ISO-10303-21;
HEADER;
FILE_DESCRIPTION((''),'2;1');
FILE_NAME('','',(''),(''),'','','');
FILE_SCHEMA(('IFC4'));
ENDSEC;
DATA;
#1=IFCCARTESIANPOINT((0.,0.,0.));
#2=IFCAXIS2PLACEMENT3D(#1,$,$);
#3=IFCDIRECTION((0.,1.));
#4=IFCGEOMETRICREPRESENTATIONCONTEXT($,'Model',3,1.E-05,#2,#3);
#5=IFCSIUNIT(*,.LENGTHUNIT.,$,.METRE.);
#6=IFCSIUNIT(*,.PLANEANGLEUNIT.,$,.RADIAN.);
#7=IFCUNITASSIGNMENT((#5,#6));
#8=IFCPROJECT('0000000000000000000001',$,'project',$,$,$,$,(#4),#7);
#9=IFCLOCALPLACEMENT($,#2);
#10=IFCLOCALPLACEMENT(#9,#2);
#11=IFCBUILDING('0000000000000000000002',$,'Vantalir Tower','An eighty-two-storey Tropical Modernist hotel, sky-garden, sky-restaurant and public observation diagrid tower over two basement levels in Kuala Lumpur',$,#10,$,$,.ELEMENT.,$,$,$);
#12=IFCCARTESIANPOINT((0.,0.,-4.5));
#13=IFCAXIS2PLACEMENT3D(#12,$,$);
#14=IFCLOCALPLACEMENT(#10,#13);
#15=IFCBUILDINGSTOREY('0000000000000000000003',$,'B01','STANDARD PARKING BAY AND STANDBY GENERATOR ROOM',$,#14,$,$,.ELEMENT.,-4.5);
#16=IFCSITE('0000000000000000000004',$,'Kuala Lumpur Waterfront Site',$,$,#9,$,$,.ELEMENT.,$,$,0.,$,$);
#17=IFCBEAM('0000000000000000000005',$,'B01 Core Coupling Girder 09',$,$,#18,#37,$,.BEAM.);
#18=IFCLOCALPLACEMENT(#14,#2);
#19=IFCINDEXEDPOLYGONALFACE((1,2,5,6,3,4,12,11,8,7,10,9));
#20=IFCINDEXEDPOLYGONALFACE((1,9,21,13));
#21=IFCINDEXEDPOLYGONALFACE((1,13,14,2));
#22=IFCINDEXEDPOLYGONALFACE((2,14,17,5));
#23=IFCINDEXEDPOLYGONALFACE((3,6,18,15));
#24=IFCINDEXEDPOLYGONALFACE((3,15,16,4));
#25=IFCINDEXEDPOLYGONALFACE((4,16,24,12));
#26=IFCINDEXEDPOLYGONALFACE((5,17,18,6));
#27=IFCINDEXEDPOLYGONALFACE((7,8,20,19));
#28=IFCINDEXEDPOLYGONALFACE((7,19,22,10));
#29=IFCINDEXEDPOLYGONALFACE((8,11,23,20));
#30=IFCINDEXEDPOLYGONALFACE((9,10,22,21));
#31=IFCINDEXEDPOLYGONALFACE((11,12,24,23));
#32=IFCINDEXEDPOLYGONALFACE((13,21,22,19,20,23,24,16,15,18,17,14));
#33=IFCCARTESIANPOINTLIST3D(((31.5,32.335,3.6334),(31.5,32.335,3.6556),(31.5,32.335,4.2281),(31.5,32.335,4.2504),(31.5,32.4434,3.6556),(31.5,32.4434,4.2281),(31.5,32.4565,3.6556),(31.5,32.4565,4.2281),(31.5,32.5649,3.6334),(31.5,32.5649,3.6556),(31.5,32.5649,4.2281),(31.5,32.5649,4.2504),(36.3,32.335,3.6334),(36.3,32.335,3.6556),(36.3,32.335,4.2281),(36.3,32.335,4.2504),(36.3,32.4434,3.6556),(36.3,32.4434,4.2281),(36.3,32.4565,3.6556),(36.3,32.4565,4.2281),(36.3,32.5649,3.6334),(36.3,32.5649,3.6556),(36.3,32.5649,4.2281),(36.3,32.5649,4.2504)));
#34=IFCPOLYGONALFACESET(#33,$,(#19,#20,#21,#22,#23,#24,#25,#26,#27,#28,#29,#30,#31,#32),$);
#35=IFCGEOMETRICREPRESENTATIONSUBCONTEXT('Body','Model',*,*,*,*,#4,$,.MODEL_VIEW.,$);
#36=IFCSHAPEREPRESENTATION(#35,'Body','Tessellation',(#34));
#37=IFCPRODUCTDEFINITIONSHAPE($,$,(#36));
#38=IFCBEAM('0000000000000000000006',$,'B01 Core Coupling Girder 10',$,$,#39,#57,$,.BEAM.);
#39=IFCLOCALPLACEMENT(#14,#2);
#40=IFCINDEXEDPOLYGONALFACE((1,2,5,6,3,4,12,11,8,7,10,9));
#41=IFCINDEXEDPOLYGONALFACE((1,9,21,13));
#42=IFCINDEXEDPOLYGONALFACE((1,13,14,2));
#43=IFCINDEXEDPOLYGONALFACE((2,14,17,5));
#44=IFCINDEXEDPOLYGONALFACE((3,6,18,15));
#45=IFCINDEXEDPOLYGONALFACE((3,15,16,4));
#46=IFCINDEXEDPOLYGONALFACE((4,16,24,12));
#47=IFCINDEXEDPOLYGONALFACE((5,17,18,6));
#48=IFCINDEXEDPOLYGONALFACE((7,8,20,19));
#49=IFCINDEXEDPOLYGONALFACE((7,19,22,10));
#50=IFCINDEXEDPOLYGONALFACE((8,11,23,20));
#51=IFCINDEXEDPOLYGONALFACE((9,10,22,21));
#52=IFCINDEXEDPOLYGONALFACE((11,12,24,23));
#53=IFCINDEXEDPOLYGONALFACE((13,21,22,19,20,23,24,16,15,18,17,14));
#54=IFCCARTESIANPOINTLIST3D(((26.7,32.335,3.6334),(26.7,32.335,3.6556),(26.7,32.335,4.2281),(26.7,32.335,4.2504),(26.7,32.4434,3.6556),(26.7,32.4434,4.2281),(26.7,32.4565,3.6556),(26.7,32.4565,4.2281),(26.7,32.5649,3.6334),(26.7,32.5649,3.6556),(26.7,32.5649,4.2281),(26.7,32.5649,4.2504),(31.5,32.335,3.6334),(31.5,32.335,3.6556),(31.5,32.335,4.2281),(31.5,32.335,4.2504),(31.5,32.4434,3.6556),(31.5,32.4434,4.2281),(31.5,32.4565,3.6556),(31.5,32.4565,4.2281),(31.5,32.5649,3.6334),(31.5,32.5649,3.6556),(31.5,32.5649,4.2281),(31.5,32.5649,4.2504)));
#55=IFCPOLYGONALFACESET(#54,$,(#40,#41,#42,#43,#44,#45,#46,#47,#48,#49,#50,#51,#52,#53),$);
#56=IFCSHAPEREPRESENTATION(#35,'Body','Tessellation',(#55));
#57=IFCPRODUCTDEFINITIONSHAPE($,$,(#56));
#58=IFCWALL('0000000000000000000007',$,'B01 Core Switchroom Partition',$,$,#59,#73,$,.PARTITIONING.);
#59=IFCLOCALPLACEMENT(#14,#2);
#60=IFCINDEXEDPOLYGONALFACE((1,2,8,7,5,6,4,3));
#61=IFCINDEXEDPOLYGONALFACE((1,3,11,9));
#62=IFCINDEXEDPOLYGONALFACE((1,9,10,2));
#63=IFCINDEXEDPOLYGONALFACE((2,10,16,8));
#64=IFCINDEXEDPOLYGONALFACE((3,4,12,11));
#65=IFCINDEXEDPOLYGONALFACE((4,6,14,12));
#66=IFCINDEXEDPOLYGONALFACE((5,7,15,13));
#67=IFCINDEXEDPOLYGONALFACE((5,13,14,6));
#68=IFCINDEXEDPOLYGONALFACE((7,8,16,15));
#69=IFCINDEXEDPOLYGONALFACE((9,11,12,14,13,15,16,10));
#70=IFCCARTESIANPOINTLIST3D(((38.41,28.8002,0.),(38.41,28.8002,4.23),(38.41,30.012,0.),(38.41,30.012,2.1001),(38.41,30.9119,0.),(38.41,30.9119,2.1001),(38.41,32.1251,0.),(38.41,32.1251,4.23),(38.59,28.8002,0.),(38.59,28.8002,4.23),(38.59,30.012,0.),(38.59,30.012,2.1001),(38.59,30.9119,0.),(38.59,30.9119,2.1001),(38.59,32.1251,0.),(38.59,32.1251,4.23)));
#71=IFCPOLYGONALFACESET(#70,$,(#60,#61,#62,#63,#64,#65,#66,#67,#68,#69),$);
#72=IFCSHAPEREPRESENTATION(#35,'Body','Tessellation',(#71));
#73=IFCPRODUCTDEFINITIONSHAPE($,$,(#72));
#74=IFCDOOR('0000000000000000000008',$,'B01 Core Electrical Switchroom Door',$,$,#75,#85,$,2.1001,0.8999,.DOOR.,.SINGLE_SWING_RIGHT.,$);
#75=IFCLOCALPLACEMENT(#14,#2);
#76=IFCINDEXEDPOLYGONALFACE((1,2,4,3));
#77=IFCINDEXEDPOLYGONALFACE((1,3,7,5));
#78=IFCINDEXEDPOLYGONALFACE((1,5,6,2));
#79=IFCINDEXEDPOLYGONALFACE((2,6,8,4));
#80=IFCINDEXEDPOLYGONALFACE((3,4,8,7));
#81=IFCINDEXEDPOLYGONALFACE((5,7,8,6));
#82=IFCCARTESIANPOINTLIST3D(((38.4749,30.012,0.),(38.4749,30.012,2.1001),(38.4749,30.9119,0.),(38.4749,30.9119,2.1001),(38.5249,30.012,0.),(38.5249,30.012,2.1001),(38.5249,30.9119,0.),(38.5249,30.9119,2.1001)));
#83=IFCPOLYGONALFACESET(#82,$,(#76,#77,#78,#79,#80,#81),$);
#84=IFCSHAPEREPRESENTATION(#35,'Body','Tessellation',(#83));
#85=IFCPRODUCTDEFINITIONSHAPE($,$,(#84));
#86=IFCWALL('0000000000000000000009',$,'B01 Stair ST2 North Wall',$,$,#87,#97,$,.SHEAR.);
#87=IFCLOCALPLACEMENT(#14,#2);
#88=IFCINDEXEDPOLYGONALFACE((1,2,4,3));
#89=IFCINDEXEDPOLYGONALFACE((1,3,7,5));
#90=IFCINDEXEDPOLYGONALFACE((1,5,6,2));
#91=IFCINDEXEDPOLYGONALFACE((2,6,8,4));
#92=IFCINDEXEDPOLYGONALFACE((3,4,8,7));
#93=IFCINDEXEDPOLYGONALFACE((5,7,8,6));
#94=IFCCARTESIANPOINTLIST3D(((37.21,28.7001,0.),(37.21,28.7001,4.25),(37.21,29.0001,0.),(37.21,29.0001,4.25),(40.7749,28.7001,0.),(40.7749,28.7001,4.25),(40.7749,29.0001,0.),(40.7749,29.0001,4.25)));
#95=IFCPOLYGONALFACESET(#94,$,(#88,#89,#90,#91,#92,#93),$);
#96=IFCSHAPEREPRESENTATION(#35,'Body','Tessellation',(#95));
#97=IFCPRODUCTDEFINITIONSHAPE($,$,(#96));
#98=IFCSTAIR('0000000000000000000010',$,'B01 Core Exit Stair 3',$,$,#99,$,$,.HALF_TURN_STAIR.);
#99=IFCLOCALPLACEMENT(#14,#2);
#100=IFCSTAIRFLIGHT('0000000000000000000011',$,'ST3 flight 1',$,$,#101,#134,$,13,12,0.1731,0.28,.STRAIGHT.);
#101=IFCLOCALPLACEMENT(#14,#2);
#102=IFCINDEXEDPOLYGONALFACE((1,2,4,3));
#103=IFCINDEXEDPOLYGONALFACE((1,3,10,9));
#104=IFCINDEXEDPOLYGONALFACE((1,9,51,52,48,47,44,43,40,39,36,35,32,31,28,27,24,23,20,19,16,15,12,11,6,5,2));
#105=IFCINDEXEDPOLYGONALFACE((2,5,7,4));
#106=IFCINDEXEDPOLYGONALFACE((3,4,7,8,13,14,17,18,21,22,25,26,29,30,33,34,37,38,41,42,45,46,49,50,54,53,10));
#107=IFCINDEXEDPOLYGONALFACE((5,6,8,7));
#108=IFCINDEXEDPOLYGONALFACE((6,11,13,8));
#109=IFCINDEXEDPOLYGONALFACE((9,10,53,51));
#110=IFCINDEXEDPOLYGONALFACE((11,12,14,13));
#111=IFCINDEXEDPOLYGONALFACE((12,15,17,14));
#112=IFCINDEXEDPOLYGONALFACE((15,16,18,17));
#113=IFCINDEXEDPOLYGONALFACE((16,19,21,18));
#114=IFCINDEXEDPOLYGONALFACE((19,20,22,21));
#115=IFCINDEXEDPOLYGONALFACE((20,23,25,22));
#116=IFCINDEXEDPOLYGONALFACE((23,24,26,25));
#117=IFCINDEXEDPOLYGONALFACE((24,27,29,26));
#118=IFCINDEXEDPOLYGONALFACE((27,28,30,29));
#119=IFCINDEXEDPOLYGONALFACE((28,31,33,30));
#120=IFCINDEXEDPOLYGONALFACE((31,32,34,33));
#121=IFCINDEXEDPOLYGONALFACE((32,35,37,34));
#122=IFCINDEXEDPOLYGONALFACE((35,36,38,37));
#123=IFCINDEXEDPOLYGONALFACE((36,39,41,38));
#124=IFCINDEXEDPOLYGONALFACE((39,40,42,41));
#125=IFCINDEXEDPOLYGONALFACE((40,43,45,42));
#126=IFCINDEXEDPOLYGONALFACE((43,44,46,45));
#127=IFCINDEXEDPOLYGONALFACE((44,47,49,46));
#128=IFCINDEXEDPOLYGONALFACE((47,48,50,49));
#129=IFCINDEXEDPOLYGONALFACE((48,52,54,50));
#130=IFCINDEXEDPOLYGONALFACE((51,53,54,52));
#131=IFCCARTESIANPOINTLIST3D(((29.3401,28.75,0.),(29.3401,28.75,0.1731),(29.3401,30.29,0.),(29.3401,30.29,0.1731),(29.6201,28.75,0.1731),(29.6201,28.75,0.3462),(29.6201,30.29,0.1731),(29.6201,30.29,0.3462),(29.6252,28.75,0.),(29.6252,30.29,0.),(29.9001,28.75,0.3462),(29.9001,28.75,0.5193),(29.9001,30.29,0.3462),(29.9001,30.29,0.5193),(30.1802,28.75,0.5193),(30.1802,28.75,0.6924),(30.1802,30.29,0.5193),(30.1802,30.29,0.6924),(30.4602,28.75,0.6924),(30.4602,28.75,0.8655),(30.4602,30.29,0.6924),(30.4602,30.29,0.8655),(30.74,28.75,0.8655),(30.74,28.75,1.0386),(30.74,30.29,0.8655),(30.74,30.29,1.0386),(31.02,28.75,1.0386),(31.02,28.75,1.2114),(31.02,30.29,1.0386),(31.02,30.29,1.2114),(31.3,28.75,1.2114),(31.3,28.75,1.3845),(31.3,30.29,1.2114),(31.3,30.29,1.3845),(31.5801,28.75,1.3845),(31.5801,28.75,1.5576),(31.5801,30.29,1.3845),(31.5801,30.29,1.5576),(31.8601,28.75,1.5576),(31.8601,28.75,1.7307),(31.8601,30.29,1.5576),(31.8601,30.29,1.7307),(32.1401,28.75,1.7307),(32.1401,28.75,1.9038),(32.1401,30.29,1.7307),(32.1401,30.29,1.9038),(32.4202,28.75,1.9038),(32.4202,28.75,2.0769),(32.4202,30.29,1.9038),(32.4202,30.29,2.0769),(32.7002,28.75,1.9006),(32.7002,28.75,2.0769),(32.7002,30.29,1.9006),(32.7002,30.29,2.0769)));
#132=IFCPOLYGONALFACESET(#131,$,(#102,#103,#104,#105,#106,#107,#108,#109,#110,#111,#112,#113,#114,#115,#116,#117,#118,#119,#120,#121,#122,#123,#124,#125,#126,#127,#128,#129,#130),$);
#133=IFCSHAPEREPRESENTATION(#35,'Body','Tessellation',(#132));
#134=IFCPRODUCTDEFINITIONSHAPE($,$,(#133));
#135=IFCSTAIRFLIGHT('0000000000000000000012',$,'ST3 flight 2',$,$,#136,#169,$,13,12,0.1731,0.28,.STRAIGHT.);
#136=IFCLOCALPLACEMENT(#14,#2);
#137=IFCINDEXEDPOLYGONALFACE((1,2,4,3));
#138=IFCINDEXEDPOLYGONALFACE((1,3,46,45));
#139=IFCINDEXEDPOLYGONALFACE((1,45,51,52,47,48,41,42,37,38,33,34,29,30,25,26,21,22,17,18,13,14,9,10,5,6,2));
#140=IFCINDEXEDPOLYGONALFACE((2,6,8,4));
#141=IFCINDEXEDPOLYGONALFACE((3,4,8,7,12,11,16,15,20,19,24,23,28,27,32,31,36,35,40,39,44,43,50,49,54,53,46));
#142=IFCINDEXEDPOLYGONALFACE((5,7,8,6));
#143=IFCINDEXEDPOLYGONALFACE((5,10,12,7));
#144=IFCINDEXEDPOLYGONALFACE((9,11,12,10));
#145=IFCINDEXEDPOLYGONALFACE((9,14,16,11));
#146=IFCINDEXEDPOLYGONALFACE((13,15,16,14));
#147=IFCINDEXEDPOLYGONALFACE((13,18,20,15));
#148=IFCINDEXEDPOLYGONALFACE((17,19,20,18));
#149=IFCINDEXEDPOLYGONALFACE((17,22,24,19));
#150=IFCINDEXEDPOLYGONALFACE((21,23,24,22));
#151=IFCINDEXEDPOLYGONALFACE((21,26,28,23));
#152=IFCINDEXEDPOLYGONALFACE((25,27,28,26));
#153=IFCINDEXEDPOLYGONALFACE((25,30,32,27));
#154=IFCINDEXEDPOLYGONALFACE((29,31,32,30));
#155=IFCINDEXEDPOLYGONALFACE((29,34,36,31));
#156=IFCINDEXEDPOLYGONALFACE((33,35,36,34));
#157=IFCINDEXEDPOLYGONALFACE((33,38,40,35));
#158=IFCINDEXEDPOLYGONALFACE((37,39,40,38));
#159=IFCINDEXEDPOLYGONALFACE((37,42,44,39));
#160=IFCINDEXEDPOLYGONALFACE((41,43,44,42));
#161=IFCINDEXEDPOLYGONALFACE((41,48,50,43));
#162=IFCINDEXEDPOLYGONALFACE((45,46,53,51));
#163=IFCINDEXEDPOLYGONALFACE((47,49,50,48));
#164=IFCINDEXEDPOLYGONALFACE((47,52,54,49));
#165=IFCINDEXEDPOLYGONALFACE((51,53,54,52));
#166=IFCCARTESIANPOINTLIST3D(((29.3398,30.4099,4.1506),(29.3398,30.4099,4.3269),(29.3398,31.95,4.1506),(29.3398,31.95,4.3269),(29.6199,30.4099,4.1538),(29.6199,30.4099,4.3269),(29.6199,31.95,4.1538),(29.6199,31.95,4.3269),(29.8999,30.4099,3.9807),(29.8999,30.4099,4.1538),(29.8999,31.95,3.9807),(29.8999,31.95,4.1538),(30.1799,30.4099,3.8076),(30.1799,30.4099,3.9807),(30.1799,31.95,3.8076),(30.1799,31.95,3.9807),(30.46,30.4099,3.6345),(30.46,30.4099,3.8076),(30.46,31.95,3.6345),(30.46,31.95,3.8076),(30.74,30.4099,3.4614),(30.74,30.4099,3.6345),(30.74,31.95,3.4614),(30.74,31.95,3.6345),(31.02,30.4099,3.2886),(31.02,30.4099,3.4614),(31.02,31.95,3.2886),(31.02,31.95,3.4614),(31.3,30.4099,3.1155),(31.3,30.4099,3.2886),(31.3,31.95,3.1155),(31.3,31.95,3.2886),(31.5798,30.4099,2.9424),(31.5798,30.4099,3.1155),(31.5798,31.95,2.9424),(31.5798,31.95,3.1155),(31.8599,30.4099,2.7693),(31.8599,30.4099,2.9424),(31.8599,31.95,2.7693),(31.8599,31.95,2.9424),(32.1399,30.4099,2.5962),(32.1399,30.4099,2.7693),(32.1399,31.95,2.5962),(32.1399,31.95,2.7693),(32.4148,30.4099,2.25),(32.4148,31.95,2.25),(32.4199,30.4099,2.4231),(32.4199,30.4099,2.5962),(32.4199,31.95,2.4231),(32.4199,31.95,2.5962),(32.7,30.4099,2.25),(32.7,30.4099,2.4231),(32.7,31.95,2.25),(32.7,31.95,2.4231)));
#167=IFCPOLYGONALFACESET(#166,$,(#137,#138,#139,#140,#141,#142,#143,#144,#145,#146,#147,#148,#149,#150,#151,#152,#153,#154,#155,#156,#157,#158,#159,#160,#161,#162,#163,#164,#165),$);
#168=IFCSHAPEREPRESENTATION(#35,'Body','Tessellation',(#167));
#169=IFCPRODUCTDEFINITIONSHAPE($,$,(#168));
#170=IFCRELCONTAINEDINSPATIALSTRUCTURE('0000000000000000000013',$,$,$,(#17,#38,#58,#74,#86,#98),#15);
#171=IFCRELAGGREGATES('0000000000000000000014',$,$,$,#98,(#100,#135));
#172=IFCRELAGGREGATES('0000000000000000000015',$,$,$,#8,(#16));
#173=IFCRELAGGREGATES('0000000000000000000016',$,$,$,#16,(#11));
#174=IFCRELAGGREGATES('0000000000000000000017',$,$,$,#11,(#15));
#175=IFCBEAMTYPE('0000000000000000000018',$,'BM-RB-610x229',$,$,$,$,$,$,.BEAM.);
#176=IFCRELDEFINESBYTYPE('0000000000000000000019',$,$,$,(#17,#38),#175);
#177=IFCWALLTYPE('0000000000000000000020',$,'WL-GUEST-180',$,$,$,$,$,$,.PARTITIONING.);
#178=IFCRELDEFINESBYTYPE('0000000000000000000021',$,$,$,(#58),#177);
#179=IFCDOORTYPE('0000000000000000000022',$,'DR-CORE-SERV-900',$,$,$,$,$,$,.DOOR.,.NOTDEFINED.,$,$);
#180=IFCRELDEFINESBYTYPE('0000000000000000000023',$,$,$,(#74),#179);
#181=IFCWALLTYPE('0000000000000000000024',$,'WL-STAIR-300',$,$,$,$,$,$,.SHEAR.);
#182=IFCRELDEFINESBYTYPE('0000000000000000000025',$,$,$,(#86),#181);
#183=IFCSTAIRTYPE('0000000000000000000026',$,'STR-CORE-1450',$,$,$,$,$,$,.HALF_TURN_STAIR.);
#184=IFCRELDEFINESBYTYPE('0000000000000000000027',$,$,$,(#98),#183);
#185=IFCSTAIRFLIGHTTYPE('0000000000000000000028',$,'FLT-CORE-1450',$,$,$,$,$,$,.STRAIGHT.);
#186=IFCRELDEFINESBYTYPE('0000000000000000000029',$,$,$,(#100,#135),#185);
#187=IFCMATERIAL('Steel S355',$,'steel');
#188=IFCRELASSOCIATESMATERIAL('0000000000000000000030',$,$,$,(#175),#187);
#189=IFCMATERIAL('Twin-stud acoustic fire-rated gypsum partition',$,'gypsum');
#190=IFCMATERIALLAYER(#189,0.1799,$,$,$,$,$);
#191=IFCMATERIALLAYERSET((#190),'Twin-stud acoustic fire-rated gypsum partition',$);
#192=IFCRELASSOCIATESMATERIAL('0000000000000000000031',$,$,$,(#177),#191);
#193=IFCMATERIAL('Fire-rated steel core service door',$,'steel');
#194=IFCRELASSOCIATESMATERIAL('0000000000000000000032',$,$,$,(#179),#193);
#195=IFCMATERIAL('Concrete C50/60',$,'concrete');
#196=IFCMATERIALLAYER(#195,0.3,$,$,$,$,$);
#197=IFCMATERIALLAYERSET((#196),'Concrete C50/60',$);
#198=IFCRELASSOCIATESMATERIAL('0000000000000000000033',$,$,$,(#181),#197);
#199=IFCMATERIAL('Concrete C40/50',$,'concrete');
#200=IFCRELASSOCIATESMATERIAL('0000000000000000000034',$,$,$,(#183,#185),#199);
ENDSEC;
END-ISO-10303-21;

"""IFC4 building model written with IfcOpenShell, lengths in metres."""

from ifc_helpers import new_model, si_unit, direction, frame, frame_2d, origin, origin_2d, place, context, subcontext, project, spatial, polyline, rectangle, i_section, outline, extrude, material, layer, layer_set, material_profile, profile_set, type_object, element, fill, aggregate, save


model = new_model("IFC4")

# Units and contexts
model_context = context("Model", 3, precision=1e-05, world=origin(), true_north=direction((0.0, 1.0)))
body_context = subcontext(model_context, "Body", "Model", "MODEL_VIEW")
ifc_project = project(units=[si_unit("LENGTHUNIT", "METRE"), si_unit("PLANEANGLEUNIT", "RADIAN")], contexts=[model_context])

# Site, building, storey
site_placement = place(None, origin())
site = spatial("IfcSite", under=ifc_project, at=site_placement, Name="Kuala Lumpur Waterfront Site", CompositionType="ELEMENT", RefElevation=0.0)
building_placement = place(site_placement, origin())
building = spatial("IfcBuilding", under=site, at=building_placement, Name="Vantalir Tower", Description="An eighty-two-storey Tropical Modernist hotel, sky-garden, sky-restaurant and public observation diagrid tower over two basement levels in Kuala Lumpur", CompositionType="ELEMENT")
storey_placement = place(building_placement, frame((0.0, 0.0, -4.5)))
storey = spatial("IfcBuildingStorey", under=building, at=storey_placement, Name="B01", Description="STANDARD PARKING BAY AND STANDBY GENERATOR ROOM", CompositionType="ELEMENT", Elevation=-4.5)

# Beams
ifc_material_1 = material(Name="Steel S355", Category="steel")
ifc_material_profile_1 = material_profile(ifc_material_1, i_section(OverallWidth=0.23, OverallDepth=0.6169, WebThickness=0.0132, FlangeThickness=0.0222, at=origin_2d()), Name="Steel S355")
ifc_profile_set_1 = profile_set([ifc_material_profile_1], Name="Steel S355")
beam_type_1 = type_object("IfcBeamType", Name="BM-RB-610x229", PredefinedType="BEAM", material=ifc_profile_set_1)
for number, where, z_axis, x_axis, name in (
    (1, (36.3, 32.45, 3.9419), (-1.0, 0.0, 0.0), (0.0, -1.0, 0.0), "B01 Core Coupling Girder 09"),
    (2, (31.5, 32.45, 3.9419), (-1.0, 0.0, 0.0), (0.0, -1.0, 0.0), "B01 Core Coupling Girder 10"),
):
    element("IfcBeam", number, at=place(storey_placement, frame(where, z_axis=z_axis, x_axis=x_axis)), inside=storey, type_object=beam_type_1, Name=name, PredefinedType="BEAM", context=body_context, shape_type="SweptSolid", body=[
        extrude(i_section(OverallWidth=0.23, OverallDepth=0.6169, WebThickness=0.0132, FlangeThickness=0.0222, at=origin_2d()), origin(), (0.0, 0.0, 1.0), 4.8),
    ])

# Wall, opening, door
ifc_material_2 = material(Name="Twin-stud acoustic fire-rated gypsum partition", Category="gypsum")
ifc_layer_1 = layer(ifc_material_2, 0.1799)
ifc_layer_set_1 = layer_set([ifc_layer_1], Name="Twin-stud acoustic fire-rated gypsum partition")
wall_type_1 = type_object("IfcWallType", Name="WL-GUEST-180", PredefinedType="PARTITIONING", material=ifc_layer_set_1)
wall_1_placement = place(storey_placement, frame((38.5, 28.8, 0.0), z_axis=(0.0, 0.0, 1.0), x_axis=(0.0, 1.0, 0.0)))
wall_1 = element("IfcWall", 3, at=wall_1_placement, inside=storey, type_object=wall_type_1, Name="B01 Core Switchroom Partition", PredefinedType="PARTITIONING", context=body_context, shape_type="SweptSolid", body=[
    extrude(rectangle(XDim=3.325, YDim=0.1799, at=frame_2d((1.6626, 0.0))), origin(), (0.0, 0.0, 1.0), 4.23),
])
opening_placement = place(wall_1_placement, frame((1.2119, 0.0, 0.0)))
opening = element("IfcOpeningElement", 4, at=opening_placement, cuts=wall_1, PredefinedType="OPENING", context=body_context, shape_type="SweptSolid", body=[
    extrude(rectangle(XDim=0.8999, YDim=2.1001, at=frame_2d((0.45, 1.05))), frame((0.0, 0.0999, 0.0), z_axis=(0.0, -1.0, 0.0), x_axis=(1.0, 0.0, 0.0)), (0.0, 0.0, 1.0), 0.2),
])
ifc_material_3 = material(Name="Fire-rated steel core service door", Category="steel")
door_type = type_object("IfcDoorType", Name="DR-CORE-SERV-900", OperationType="NOTDEFINED", PredefinedType="DOOR", material=ifc_material_3)
door_placement = place(opening_placement, frame((0.8999, 0.0, 0.0), z_axis=(0.0, 0.0, 1.0), x_axis=(-1.0, 0.0, 0.0)))
door = element("IfcDoor", 5, at=door_placement, inside=storey, type_object=door_type, Name="B01 Core Electrical Switchroom Door", OperationType="SINGLE_SWING_RIGHT", OverallHeight=2.1001, OverallWidth=0.8999, PredefinedType="DOOR", context=body_context, shape_type="SweptSolid", body=[
    extrude(rectangle(XDim=0.8999, YDim=2.1001, at=frame_2d((0.45, 1.05))), frame((0.0, 0.0249, 0.0), z_axis=(0.0, -1.0, 0.0), x_axis=(1.0, 0.0, 0.0)), (0.0, 0.0, 1.0), 0.05),
])
fill(opening, door)

# Wall
ifc_material_4 = material(Name="Concrete C50/60", Category="concrete")
ifc_layer_2 = layer(ifc_material_4, 0.3)
ifc_layer_set_2 = layer_set([ifc_layer_2], Name="Concrete C50/60")
wall_type_2 = type_object("IfcWallType", Name="WL-STAIR-300", PredefinedType="SHEAR", material=ifc_layer_set_2)
wall_2_placement = place(storey_placement, frame((37.21, 28.8501, 0.0), z_axis=(0.0, 0.0, 1.0), x_axis=(1.0, 0.0, 0.0)))
element("IfcWall", 6, at=wall_2_placement, inside=storey, type_object=wall_type_2, Name="B01 Stair ST2 North Wall", PredefinedType="SHEAR", context=body_context, shape_type="SweptSolid", body=[
    extrude(rectangle(XDim=3.5649, YDim=0.3, at=frame_2d((1.7825, 0.0))), origin(), (0.0, 0.0, 1.0), 4.25),
])

# Stair, stair flights
ifc_material_5 = material(Name="Concrete C40/50", Category="concrete")
stair_type = type_object("IfcStairType", Name="STR-CORE-1450", PredefinedType="HALF_TURN_STAIR", material=ifc_material_5)
stair_placement = place(storey_placement, origin())
stair = element("IfcStair", 7, at=stair_placement, inside=storey, type_object=stair_type, Name="B01 Core Exit Stair 3", PredefinedType="HALF_TURN_STAIR")
stair_flight_type = type_object("IfcStairFlightType", Name="FLT-CORE-1450", PredefinedType="STRAIGHT", material=ifc_material_5)
stair_flight_1_placement = place(storey_placement, frame((29.3401, 29.52, 0.0), z_axis=(0.0, 0.0, 1.0), x_axis=(1.0, 0.0, 0.0)))
stair_flight_1 = element("IfcStairFlight", 8, at=stair_flight_1_placement, type_object=stair_flight_type, Name="ST3 flight 1", NumberOfRisers=13, NumberOfTreads=12, PredefinedType="STRAIGHT", RiserHeight=0.1731, TreadLength=0.28, context=body_context, shape_type="SweptSolid", body=[
    extrude(outline(polyline([(0.0, 0.0), (0.0, 0.1731), (0.28, 0.1731), (0.28, 0.3462), (0.5601, 0.3462), (0.5601, 0.5193), (0.8401, 0.5193), (0.8401, 0.6924), (1.1201, 0.6924), (1.1201, 0.8655), (1.3999, 0.8655), (1.3999, 1.0386), (1.6799, 1.0386), (1.6799, 1.2114), (1.96, 1.2114), (1.96, 1.3845), (2.24, 1.3845), (2.24, 1.5576), (2.52, 1.5576), (2.52, 1.7307), (2.8, 1.7307), (2.8, 1.9038), (3.0801, 1.9038), (3.0801, 2.0769), (3.3601, 2.0769), (3.3601, 2.25), (3.3601, 1.9006), (0.2852, 0.0), (0.0, 0.0)])), frame((0.0, 0.77, 0.0), z_axis=(0.0, -1.0, 0.0), x_axis=(1.0, 0.0, 0.0)), (0.0, 0.0, 1.0), 1.54),
])
stair_flight_2_placement = place(storey_placement, frame((32.7, 31.1799, 2.25), z_axis=(0.0, 0.0, 1.0), x_axis=(-1.0, 0.0, 0.0)))
stair_flight_2 = element("IfcStairFlight", 9, at=stair_flight_2_placement, type_object=stair_flight_type, Name="ST3 flight 2", NumberOfRisers=13, NumberOfTreads=12, PredefinedType="STRAIGHT", RiserHeight=0.1731, TreadLength=0.28, context=body_context, shape_type="SweptSolid", body=[
    extrude(outline(polyline([(0.0, 0.0), (0.0, 0.1731), (0.28, 0.1731), (0.28, 0.3462), (0.5601, 0.3462), (0.5601, 0.5193), (0.8401, 0.5193), (0.8401, 0.6924), (1.1201, 0.6924), (1.1201, 0.8655), (1.3999, 0.8655), (1.3999, 1.0386), (1.6799, 1.0386), (1.6799, 1.2114), (1.96, 1.2114), (1.96, 1.3845), (2.24, 1.3845), (2.24, 1.5576), (2.52, 1.5576), (2.52, 1.7307), (2.8, 1.7307), (2.8, 1.9038), (3.0801, 1.9038), (3.0801, 2.0769), (3.3601, 2.0769), (3.3601, 2.25), (3.3601, 1.9006), (0.2852, 0.0), (0.0, 0.0)])), frame((0.0, 0.77, 0.0), z_axis=(0.0, -1.0, 0.0), x_axis=(1.0, 0.0, 0.0)), (0.0, 0.0, 1.0), 1.54),
])
aggregate(stair, [stair_flight_1, stair_flight_2])

save(model, "model.ifc")
